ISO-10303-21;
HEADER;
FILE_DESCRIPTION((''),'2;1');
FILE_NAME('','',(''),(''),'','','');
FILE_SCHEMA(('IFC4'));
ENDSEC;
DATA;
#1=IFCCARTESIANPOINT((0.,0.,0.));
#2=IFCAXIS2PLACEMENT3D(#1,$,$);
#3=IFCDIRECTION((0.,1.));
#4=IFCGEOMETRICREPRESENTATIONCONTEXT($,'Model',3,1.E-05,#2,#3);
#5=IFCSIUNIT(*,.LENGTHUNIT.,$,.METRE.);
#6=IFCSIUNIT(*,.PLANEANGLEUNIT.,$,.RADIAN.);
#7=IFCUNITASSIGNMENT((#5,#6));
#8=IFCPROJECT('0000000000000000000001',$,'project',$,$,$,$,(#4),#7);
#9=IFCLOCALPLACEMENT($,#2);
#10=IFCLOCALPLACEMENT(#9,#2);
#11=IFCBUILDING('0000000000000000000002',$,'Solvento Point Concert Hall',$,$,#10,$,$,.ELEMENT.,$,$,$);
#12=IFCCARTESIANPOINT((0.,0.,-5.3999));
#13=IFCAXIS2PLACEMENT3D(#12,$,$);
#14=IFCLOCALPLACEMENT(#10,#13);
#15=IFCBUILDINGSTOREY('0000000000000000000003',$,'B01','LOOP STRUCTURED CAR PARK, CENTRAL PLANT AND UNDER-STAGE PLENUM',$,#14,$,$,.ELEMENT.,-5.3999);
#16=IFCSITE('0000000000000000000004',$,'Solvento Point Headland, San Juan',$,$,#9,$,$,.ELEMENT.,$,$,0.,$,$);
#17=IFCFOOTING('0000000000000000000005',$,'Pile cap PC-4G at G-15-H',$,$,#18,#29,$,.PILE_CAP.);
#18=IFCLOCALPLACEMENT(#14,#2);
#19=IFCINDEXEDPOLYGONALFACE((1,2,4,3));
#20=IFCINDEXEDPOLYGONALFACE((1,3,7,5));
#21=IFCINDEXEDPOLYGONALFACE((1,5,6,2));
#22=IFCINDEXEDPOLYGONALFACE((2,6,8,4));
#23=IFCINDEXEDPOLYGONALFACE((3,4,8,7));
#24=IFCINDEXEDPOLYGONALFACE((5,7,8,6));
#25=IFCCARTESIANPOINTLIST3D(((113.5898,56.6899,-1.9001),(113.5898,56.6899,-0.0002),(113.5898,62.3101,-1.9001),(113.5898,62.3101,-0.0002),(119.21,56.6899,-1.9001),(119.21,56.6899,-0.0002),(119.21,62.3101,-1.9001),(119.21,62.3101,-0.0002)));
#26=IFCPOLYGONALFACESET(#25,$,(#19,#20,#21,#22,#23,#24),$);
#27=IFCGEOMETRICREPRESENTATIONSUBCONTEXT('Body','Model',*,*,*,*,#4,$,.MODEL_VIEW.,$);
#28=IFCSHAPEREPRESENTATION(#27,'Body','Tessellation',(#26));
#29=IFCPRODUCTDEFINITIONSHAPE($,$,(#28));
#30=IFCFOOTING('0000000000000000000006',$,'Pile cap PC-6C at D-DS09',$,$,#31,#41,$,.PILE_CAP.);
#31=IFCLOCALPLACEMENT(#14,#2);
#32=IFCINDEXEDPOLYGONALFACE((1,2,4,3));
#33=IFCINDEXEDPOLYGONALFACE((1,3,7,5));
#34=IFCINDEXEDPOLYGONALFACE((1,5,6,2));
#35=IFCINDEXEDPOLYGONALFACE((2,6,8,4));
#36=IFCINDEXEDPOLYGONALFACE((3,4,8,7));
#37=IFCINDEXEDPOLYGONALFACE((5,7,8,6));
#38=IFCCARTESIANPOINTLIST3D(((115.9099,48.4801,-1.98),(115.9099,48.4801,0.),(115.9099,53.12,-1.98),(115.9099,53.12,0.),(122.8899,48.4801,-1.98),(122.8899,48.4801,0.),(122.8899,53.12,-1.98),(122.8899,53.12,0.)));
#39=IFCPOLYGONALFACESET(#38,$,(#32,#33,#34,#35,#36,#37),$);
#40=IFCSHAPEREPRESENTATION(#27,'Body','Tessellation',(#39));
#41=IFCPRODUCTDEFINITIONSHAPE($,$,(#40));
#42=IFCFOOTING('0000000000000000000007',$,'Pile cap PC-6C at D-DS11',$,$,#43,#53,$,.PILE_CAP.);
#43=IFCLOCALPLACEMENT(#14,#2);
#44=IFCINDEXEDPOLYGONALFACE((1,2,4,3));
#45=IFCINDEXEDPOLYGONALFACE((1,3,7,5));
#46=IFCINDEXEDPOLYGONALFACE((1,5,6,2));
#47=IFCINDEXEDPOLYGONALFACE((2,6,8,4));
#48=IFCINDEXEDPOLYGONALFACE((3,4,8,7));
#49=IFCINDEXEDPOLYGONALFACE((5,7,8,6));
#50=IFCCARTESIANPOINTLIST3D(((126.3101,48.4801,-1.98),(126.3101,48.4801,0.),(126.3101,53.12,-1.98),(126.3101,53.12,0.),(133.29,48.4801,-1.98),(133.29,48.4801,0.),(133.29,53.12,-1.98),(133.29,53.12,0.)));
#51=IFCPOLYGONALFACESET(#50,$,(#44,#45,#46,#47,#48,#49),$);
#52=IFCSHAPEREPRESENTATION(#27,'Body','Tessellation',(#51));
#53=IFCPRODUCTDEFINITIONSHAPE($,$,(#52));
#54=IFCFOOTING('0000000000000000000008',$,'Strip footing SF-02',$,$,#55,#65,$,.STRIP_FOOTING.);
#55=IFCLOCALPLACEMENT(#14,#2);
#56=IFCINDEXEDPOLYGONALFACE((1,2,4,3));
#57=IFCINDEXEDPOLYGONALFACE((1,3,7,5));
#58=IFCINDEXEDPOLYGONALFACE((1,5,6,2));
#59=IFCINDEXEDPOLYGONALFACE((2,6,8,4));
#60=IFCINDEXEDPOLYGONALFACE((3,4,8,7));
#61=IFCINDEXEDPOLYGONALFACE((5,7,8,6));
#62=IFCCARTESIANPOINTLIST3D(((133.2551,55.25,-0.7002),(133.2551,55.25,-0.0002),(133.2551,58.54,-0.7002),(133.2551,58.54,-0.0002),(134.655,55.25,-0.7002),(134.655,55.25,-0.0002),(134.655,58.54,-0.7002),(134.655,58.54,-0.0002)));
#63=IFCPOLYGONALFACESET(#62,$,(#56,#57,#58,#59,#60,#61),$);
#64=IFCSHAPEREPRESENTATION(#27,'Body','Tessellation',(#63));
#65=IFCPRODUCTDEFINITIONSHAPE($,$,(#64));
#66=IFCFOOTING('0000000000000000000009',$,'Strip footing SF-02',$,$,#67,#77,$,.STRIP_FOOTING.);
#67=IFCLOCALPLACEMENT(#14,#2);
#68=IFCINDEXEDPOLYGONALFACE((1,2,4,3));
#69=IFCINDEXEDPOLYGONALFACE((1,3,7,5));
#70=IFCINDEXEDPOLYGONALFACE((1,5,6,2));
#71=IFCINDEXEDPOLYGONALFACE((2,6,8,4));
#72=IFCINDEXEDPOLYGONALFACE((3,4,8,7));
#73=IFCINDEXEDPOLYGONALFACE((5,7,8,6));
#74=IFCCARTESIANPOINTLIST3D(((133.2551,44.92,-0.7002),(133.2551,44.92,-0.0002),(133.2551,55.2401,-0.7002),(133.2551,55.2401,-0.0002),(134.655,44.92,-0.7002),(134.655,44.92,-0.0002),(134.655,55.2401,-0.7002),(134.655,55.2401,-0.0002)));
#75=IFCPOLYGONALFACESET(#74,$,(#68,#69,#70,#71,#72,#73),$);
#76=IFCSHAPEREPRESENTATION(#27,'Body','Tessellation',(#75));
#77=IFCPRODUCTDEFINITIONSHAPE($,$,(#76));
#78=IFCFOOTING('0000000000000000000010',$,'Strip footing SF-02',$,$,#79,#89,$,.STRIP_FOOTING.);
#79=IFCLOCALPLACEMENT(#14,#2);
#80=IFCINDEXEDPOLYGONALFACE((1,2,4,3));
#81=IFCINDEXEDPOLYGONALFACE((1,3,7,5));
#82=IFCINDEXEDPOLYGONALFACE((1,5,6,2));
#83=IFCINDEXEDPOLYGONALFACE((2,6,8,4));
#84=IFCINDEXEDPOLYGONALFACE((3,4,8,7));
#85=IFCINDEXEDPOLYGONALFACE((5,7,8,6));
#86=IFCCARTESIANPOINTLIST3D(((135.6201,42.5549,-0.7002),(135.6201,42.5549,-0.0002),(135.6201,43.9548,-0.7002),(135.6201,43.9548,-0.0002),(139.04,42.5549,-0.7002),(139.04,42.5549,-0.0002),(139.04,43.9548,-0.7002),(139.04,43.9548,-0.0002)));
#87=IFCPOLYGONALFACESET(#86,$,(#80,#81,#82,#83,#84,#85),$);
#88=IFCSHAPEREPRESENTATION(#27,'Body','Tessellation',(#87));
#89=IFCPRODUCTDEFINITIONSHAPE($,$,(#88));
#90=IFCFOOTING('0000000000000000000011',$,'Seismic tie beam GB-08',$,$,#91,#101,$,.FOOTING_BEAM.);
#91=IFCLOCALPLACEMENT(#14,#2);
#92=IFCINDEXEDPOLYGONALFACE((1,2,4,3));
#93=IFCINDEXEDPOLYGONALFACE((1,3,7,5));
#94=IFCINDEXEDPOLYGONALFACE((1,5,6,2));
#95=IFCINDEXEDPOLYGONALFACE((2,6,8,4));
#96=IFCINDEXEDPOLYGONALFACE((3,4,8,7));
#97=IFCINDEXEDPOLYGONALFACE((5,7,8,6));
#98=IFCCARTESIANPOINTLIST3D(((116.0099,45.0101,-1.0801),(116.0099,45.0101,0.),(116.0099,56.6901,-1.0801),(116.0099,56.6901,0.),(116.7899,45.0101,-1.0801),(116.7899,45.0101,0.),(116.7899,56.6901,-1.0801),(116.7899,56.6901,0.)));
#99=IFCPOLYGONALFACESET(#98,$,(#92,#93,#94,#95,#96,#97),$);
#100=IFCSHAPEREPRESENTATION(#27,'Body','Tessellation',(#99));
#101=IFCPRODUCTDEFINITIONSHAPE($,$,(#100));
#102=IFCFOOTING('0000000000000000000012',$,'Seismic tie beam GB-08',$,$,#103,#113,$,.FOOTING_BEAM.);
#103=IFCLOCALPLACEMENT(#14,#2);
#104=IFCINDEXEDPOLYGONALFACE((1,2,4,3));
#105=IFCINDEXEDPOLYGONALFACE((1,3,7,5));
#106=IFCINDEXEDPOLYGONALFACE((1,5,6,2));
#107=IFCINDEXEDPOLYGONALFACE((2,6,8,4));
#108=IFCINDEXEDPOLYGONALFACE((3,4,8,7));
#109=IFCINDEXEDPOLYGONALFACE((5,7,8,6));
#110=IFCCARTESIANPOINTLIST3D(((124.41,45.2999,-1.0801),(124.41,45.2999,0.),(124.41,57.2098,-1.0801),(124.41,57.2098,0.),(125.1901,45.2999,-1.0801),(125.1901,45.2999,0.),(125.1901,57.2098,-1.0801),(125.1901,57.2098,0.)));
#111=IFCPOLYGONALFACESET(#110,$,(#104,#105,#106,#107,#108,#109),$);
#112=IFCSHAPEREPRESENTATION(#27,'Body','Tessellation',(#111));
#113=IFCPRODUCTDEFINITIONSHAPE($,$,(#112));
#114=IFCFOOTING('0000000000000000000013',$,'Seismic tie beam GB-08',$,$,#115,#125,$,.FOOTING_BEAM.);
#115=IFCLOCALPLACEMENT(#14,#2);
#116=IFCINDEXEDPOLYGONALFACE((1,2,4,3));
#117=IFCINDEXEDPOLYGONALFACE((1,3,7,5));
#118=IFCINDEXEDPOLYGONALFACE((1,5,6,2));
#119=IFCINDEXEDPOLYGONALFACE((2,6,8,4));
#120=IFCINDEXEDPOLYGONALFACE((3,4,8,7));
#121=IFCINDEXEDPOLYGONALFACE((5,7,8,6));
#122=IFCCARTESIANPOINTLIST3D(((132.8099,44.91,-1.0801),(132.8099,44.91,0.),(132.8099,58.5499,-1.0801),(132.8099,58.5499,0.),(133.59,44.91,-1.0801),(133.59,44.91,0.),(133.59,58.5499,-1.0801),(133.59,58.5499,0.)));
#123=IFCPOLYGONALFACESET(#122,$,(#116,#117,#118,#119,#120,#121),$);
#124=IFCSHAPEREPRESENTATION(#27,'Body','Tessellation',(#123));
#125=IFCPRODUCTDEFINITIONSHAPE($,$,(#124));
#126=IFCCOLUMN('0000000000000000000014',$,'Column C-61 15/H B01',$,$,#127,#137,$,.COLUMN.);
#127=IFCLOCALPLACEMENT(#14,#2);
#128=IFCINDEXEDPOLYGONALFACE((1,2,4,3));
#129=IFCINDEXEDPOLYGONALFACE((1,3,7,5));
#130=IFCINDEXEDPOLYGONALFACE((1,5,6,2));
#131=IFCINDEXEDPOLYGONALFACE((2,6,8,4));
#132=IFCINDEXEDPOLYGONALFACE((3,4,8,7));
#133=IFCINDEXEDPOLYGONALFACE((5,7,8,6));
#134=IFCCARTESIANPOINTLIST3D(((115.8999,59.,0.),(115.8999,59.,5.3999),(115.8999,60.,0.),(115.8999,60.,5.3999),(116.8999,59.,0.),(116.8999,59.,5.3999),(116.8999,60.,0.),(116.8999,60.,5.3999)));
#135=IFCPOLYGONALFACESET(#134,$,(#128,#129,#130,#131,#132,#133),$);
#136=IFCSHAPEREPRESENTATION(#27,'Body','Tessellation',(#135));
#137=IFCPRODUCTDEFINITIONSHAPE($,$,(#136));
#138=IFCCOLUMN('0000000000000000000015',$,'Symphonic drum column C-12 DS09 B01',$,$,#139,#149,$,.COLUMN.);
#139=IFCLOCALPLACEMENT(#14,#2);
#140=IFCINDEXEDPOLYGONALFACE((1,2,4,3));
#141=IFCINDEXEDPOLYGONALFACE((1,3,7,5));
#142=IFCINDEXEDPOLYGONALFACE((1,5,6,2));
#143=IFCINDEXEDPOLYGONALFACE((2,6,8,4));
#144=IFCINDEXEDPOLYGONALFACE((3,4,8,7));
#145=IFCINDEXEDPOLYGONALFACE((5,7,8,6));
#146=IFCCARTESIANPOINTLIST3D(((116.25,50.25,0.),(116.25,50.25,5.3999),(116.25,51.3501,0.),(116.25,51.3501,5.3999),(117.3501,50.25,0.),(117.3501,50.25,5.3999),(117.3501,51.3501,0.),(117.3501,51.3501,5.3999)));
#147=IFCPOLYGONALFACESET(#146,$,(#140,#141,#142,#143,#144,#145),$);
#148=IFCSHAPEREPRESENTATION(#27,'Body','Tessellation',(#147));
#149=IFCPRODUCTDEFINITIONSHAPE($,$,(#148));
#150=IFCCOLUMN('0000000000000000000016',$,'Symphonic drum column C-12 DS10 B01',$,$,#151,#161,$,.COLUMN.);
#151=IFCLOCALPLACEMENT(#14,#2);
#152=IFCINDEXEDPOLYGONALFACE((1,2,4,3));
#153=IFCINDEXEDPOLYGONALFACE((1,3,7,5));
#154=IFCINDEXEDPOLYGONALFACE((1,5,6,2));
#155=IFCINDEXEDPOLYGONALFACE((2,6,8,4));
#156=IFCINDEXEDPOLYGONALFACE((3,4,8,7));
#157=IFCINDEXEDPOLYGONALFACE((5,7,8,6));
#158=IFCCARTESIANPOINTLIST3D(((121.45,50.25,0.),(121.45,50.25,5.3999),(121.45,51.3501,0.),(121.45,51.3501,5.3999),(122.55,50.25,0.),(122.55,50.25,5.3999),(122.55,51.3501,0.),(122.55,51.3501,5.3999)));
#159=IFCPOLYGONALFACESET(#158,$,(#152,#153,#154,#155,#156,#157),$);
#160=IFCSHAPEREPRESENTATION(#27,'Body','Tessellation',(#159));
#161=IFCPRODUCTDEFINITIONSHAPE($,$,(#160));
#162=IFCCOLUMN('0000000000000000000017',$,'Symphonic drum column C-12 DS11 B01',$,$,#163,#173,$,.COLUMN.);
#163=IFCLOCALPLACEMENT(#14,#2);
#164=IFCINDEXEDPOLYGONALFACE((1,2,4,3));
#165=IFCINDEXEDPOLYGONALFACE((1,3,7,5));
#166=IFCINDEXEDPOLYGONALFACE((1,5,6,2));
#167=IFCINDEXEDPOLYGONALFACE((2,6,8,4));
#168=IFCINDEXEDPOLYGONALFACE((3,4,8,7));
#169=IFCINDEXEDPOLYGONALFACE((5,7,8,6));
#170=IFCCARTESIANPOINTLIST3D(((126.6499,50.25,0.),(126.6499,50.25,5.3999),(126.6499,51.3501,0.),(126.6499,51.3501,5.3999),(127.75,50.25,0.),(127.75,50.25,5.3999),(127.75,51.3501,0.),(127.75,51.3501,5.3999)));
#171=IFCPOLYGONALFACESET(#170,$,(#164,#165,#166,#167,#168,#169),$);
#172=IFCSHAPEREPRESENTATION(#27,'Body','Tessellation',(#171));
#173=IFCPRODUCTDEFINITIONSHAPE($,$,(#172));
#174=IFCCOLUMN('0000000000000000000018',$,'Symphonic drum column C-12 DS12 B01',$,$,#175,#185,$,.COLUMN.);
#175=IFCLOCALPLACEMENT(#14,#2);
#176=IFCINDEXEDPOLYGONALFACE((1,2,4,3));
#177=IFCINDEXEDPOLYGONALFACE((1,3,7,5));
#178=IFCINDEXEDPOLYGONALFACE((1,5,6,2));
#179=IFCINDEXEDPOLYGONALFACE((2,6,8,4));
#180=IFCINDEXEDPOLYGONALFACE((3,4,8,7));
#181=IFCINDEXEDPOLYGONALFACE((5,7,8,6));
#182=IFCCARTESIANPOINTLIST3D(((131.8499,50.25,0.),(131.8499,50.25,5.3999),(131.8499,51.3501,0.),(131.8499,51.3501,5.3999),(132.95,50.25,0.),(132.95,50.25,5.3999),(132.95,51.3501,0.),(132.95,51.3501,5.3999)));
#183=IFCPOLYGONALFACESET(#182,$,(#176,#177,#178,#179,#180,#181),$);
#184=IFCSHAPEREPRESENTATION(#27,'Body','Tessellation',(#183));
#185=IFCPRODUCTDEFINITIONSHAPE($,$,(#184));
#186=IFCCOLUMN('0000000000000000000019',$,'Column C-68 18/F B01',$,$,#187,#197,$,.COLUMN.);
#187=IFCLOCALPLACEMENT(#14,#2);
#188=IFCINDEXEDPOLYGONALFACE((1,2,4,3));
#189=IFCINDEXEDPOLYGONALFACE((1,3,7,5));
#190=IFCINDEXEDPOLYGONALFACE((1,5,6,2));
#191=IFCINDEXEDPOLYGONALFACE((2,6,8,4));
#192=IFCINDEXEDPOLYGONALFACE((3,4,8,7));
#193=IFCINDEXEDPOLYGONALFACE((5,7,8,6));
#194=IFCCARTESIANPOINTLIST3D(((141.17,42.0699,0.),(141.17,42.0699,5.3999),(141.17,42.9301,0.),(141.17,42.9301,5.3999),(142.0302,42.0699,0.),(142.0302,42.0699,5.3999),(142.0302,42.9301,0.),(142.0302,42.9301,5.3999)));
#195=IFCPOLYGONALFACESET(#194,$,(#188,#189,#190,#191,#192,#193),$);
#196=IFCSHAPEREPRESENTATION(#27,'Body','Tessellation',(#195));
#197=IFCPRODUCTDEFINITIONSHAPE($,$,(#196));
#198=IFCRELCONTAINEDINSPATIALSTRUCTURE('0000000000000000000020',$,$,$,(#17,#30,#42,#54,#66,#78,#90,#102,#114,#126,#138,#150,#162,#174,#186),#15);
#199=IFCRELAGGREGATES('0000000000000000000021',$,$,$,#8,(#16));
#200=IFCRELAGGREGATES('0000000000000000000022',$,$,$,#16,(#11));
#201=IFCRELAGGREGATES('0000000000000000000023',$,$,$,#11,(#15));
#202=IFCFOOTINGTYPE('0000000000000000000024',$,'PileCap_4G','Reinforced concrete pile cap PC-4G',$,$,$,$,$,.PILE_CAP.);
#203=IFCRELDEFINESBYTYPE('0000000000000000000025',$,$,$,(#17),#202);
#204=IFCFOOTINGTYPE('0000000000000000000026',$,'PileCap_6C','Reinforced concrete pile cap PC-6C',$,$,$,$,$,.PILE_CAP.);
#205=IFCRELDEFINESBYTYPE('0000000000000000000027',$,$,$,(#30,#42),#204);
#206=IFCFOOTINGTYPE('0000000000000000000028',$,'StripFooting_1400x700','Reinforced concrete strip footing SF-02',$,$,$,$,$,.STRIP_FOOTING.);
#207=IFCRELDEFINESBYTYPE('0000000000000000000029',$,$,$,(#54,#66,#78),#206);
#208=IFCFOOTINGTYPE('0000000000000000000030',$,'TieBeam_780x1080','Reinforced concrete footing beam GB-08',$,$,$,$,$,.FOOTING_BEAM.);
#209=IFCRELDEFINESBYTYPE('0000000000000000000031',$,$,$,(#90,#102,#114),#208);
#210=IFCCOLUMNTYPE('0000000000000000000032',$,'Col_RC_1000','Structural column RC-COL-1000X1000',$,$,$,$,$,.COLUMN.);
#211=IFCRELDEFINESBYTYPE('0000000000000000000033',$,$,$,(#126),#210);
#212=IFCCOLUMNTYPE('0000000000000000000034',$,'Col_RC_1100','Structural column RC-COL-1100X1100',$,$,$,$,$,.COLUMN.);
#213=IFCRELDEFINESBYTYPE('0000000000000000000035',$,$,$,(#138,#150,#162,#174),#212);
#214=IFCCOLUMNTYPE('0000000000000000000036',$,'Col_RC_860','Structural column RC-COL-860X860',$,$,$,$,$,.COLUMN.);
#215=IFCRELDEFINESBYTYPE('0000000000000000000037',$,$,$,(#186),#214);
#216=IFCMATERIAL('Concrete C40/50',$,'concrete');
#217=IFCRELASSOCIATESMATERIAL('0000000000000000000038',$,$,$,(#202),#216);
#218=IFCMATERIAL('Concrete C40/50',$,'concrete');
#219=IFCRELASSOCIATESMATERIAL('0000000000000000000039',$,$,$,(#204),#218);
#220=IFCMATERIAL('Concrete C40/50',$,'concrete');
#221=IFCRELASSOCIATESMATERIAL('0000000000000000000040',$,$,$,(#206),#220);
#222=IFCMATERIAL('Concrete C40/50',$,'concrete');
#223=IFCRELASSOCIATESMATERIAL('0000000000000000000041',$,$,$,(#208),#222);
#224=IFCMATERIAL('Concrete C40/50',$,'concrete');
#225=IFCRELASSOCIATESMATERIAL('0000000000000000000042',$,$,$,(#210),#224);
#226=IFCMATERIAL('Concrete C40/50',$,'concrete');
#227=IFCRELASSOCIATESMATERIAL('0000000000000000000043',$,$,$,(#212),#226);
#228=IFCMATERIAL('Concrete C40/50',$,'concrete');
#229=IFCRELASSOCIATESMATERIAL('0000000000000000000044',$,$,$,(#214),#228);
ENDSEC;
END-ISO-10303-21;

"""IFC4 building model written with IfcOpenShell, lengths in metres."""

from ifc_helpers import new_model, si_unit, direction, frame, origin, origin_2d, place, context, subcontext, project, spatial, rectangle, extrude, material, material_profile, profile_set, type_object, element, save


model = new_model("IFC4")

# Units and contexts
model_context = context("Model", 3, precision=1e-05, world=origin(), true_north=direction((0.0, 1.0)))
body_context = subcontext(model_context, "Body", "Model", "MODEL_VIEW")
ifc_project = project(units=[si_unit("LENGTHUNIT", "METRE"), si_unit("PLANEANGLEUNIT", "RADIAN")], contexts=[model_context])

# Site, building, storey
site_placement = place(None, origin())
site = spatial("IfcSite", under=ifc_project, at=site_placement, Name="Solvento Point Headland, San Juan", CompositionType="ELEMENT", RefElevation=0.0)
building_placement = place(site_placement, origin())
building = spatial("IfcBuilding", under=site, at=building_placement, Name="Solvento Point Concert Hall", CompositionType="ELEMENT")
storey_placement = place(building_placement, frame((0.0, 0.0, -5.3999)))
storey = spatial("IfcBuildingStorey", under=building, at=storey_placement, Name="B01", Description="LOOP STRUCTURED CAR PARK, CENTRAL PLANT AND UNDER-STAGE PLENUM", CompositionType="ELEMENT", Elevation=-5.3999)

# Footings
ifc_material_1 = material(Name="Concrete C40/50", Category="concrete")
footing_type_1 = type_object("IfcFootingType", Name="PileCap_4G", Description="Reinforced concrete pile cap PC-4G", PredefinedType="PILE_CAP", material=ifc_material_1)
footing_1_placement = place(storey_placement, frame((116.3999, 59.5, -1.9001), z_axis=(0.0, 0.0, 1.0), x_axis=(1.0, 0.0, 0.0)))
element("IfcFooting", 1, at=footing_1_placement, inside=storey, type_object=footing_type_1, Name="Pile cap PC-4G at G-15-H", PredefinedType="PILE_CAP", context=body_context, shape_type="SweptSolid", body=[
    extrude(rectangle(XDim=5.6201, YDim=5.6201, at=origin_2d()), origin(), (0.0, 0.0, 1.0), 1.8999),
])
ifc_material_2 = material(Name="Concrete C40/50", Category="concrete")
footing_type_2 = type_object("IfcFootingType", Name="PileCap_6C", Description="Reinforced concrete pile cap PC-6C", PredefinedType="PILE_CAP", material=ifc_material_2)
for number, where, z_axis, x_axis, name in (
    (2, (119.3999, 50.8, -1.98), (0.0, 0.0, 1.0), (1.0, 0.0, 0.0), "Pile cap PC-6C at D-DS09"),
    (3, (129.8, 50.8, -1.98), (0.0, 0.0, 1.0), (1.0, 0.0, 0.0), "Pile cap PC-6C at D-DS11"),
):
    element("IfcFooting", number, at=place(storey_placement, frame(where, z_axis=z_axis, x_axis=x_axis)), inside=storey, type_object=footing_type_2, Name=name, PredefinedType="PILE_CAP", context=body_context, shape_type="SweptSolid", body=[
        extrude(rectangle(XDim=6.98, YDim=4.6399, at=origin_2d()), origin(), (0.0, 0.0, 1.0), 1.98),
    ])
ifc_material_3 = material(Name="Concrete C40/50", Category="concrete")
footing_type_3 = type_object("IfcFootingType", Name="StripFooting_1400x700", Description="Reinforced concrete strip footing SF-02", PredefinedType="STRIP_FOOTING", material=ifc_material_3)
footing_2_placement = place(storey_placement, frame((133.9551, 56.895, -0.7002), z_axis=(0.0, 0.0, 1.0), x_axis=(0.0, -1.0, 0.0)))
element("IfcFooting", 4, at=footing_2_placement, inside=storey, type_object=footing_type_3, Name="Strip footing SF-02", PredefinedType="STRIP_FOOTING", context=body_context, shape_type="SweptSolid", body=[
    extrude(rectangle(XDim=3.29, YDim=1.3999, at=origin_2d()), origin(), (0.0, 0.0, 1.0), 0.7),
])
footing_3_placement = place(storey_placement, frame((133.9551, 50.0801, -0.7002), z_axis=(0.0, 0.0, 1.0), x_axis=(0.0, -1.0, 0.0)))
element("IfcFooting", 5, at=footing_3_placement, inside=storey, type_object=footing_type_3, Name="Strip footing SF-02", PredefinedType="STRIP_FOOTING", context=body_context, shape_type="SweptSolid", body=[
    extrude(rectangle(XDim=10.3201, YDim=1.3999, at=origin_2d()), origin(), (0.0, 0.0, 1.0), 0.7),
])
footing_4_placement = place(storey_placement, frame((137.3301, 43.2549, -0.7002), z_axis=(0.0, 0.0, 1.0), x_axis=(1.0, 0.0, 0.0)))
element("IfcFooting", 6, at=footing_4_placement, inside=storey, type_object=footing_type_3, Name="Strip footing SF-02", PredefinedType="STRIP_FOOTING", context=body_context, shape_type="SweptSolid", body=[
    extrude(rectangle(XDim=3.4199, YDim=1.3999, at=origin_2d()), origin(), (0.0, 0.0, 1.0), 0.7),
])
ifc_material_4 = material(Name="Concrete C40/50", Category="concrete")
footing_type_4 = type_object("IfcFootingType", Name="TieBeam_780x1080", Description="Reinforced concrete footing beam GB-08", PredefinedType="FOOTING_BEAM", material=ifc_material_4)
footing_5_placement = place(storey_placement, frame((116.3999, 50.8501, -1.0801), z_axis=(0.0, 0.0, 1.0), x_axis=(0.0, 1.0, 0.0)))
element("IfcFooting", 7, at=footing_5_placement, inside=storey, type_object=footing_type_4, Name="Seismic tie beam GB-08", PredefinedType="FOOTING_BEAM", context=body_context, shape_type="SweptSolid", body=[
    extrude(rectangle(XDim=11.6799, YDim=0.78, at=origin_2d()), origin(), (0.0, 0.0, 1.0), 1.0801),
])
footing_6_placement = place(storey_placement, frame((124.8, 51.2549, -1.0801), z_axis=(0.0, 0.0, 1.0), x_axis=(0.0, 1.0, 0.0)))
element("IfcFooting", 8, at=footing_6_placement, inside=storey, type_object=footing_type_4, Name="Seismic tie beam GB-08", PredefinedType="FOOTING_BEAM", context=body_context, shape_type="SweptSolid", body=[
    extrude(rectangle(XDim=11.9099, YDim=0.78, at=origin_2d()), origin(), (0.0, 0.0, 1.0), 1.0801),
])
footing_7_placement = place(storey_placement, frame((133.2, 51.73, -1.0801), z_axis=(0.0, 0.0, 1.0), x_axis=(0.0, 1.0, 0.0)))
element("IfcFooting", 9, at=footing_7_placement, inside=storey, type_object=footing_type_4, Name="Seismic tie beam GB-08", PredefinedType="FOOTING_BEAM", context=body_context, shape_type="SweptSolid", body=[
    extrude(rectangle(XDim=13.6399, YDim=0.78, at=origin_2d()), origin(), (0.0, 0.0, 1.0), 1.0801),
])

# Columns
ifc_material_5 = material(Name="Concrete C40/50", Category="concrete")
ifc_material_profile_1 = material_profile(ifc_material_5, rectangle(XDim=1.0, YDim=1.0, at=origin_2d()), Name="RC-COL-1000X1000")
ifc_profile_set_1 = profile_set([ifc_material_profile_1], Name="Concrete C40/50")
column_type_1 = type_object("IfcColumnType", Name="Col_RC_1000", Description="Structural column RC-COL-1000X1000", PredefinedType="COLUMN", material=ifc_profile_set_1)
column_1_placement = place(storey_placement, frame((116.3999, 59.5, 0.0), z_axis=(0.0, 0.0, 1.0), x_axis=(1.0, 0.0, 0.0)))
element("IfcColumn", 10, at=column_1_placement, inside=storey, type_object=column_type_1, Name="Column C-61 15/H B01", PredefinedType="COLUMN", context=body_context, shape_type="SweptSolid", body=[
    extrude(rectangle(XDim=1.0, YDim=1.0, at=origin_2d()), origin(), (0.0, 0.0, 1.0), 5.3999),
])
ifc_material_6 = material(Name="Concrete C40/50", Category="concrete")
ifc_material_profile_2 = material_profile(ifc_material_6, rectangle(XDim=1.1001, YDim=1.1001, at=origin_2d()), Name="RC-COL-1100X1100")
ifc_profile_set_2 = profile_set([ifc_material_profile_2], Name="Concrete C40/50")
column_type_2 = type_object("IfcColumnType", Name="Col_RC_1100", Description="Structural column RC-COL-1100X1100", PredefinedType="COLUMN", material=ifc_profile_set_2)
for number, where, z_axis, x_axis, name in (
    (11, (116.8, 50.8, 0.0), (0.0, 0.0, 1.0), (1.0, 0.0, 0.0), "Symphonic drum column C-12 DS09 B01"),
    (12, (122.0, 50.8, 0.0), (0.0, 0.0, 1.0), (1.0, 0.0, 0.0), "Symphonic drum column C-12 DS10 B01"),
    (13, (127.2, 50.8, 0.0), (0.0, 0.0, 1.0), (1.0, 0.0, 0.0), "Symphonic drum column C-12 DS11 B01"),
    (14, (132.3999, 50.8, 0.0), (0.0, 0.0, 1.0), (1.0, 0.0, 0.0), "Symphonic drum column C-12 DS12 B01"),
):
    element("IfcColumn", number, at=place(storey_placement, frame(where, z_axis=z_axis, x_axis=x_axis)), inside=storey, type_object=column_type_2, Name=name, PredefinedType="COLUMN", context=body_context, shape_type="SweptSolid", body=[
        extrude(rectangle(XDim=1.1001, YDim=1.1001, at=origin_2d()), origin(), (0.0, 0.0, 1.0), 5.3999),
    ])
ifc_material_7 = material(Name="Concrete C40/50", Category="concrete")
ifc_material_profile_3 = material_profile(ifc_material_7, rectangle(XDim=0.8601, YDim=0.8601, at=origin_2d()), Name="RC-COL-860X860")
ifc_profile_set_3 = profile_set([ifc_material_profile_3], Name="Concrete C40/50")
column_type_3 = type_object("IfcColumnType", Name="Col_RC_860", Description="Structural column RC-COL-860X860", PredefinedType="COLUMN", material=ifc_profile_set_3)
column_2_placement = place(storey_placement, frame((141.6001, 42.5, 0.0), z_axis=(0.0, 0.0, 1.0), x_axis=(1.0, 0.0, 0.0)))
element("IfcColumn", 15, at=column_2_placement, inside=storey, type_object=column_type_3, Name="Column C-68 18/F B01", PredefinedType="COLUMN", context=body_context, shape_type="SweptSolid", body=[
    extrude(rectangle(XDim=0.8601, YDim=0.8601, at=origin_2d()), origin(), (0.0, 0.0, 1.0), 5.3999),
])

save(model, "model.ifc")
